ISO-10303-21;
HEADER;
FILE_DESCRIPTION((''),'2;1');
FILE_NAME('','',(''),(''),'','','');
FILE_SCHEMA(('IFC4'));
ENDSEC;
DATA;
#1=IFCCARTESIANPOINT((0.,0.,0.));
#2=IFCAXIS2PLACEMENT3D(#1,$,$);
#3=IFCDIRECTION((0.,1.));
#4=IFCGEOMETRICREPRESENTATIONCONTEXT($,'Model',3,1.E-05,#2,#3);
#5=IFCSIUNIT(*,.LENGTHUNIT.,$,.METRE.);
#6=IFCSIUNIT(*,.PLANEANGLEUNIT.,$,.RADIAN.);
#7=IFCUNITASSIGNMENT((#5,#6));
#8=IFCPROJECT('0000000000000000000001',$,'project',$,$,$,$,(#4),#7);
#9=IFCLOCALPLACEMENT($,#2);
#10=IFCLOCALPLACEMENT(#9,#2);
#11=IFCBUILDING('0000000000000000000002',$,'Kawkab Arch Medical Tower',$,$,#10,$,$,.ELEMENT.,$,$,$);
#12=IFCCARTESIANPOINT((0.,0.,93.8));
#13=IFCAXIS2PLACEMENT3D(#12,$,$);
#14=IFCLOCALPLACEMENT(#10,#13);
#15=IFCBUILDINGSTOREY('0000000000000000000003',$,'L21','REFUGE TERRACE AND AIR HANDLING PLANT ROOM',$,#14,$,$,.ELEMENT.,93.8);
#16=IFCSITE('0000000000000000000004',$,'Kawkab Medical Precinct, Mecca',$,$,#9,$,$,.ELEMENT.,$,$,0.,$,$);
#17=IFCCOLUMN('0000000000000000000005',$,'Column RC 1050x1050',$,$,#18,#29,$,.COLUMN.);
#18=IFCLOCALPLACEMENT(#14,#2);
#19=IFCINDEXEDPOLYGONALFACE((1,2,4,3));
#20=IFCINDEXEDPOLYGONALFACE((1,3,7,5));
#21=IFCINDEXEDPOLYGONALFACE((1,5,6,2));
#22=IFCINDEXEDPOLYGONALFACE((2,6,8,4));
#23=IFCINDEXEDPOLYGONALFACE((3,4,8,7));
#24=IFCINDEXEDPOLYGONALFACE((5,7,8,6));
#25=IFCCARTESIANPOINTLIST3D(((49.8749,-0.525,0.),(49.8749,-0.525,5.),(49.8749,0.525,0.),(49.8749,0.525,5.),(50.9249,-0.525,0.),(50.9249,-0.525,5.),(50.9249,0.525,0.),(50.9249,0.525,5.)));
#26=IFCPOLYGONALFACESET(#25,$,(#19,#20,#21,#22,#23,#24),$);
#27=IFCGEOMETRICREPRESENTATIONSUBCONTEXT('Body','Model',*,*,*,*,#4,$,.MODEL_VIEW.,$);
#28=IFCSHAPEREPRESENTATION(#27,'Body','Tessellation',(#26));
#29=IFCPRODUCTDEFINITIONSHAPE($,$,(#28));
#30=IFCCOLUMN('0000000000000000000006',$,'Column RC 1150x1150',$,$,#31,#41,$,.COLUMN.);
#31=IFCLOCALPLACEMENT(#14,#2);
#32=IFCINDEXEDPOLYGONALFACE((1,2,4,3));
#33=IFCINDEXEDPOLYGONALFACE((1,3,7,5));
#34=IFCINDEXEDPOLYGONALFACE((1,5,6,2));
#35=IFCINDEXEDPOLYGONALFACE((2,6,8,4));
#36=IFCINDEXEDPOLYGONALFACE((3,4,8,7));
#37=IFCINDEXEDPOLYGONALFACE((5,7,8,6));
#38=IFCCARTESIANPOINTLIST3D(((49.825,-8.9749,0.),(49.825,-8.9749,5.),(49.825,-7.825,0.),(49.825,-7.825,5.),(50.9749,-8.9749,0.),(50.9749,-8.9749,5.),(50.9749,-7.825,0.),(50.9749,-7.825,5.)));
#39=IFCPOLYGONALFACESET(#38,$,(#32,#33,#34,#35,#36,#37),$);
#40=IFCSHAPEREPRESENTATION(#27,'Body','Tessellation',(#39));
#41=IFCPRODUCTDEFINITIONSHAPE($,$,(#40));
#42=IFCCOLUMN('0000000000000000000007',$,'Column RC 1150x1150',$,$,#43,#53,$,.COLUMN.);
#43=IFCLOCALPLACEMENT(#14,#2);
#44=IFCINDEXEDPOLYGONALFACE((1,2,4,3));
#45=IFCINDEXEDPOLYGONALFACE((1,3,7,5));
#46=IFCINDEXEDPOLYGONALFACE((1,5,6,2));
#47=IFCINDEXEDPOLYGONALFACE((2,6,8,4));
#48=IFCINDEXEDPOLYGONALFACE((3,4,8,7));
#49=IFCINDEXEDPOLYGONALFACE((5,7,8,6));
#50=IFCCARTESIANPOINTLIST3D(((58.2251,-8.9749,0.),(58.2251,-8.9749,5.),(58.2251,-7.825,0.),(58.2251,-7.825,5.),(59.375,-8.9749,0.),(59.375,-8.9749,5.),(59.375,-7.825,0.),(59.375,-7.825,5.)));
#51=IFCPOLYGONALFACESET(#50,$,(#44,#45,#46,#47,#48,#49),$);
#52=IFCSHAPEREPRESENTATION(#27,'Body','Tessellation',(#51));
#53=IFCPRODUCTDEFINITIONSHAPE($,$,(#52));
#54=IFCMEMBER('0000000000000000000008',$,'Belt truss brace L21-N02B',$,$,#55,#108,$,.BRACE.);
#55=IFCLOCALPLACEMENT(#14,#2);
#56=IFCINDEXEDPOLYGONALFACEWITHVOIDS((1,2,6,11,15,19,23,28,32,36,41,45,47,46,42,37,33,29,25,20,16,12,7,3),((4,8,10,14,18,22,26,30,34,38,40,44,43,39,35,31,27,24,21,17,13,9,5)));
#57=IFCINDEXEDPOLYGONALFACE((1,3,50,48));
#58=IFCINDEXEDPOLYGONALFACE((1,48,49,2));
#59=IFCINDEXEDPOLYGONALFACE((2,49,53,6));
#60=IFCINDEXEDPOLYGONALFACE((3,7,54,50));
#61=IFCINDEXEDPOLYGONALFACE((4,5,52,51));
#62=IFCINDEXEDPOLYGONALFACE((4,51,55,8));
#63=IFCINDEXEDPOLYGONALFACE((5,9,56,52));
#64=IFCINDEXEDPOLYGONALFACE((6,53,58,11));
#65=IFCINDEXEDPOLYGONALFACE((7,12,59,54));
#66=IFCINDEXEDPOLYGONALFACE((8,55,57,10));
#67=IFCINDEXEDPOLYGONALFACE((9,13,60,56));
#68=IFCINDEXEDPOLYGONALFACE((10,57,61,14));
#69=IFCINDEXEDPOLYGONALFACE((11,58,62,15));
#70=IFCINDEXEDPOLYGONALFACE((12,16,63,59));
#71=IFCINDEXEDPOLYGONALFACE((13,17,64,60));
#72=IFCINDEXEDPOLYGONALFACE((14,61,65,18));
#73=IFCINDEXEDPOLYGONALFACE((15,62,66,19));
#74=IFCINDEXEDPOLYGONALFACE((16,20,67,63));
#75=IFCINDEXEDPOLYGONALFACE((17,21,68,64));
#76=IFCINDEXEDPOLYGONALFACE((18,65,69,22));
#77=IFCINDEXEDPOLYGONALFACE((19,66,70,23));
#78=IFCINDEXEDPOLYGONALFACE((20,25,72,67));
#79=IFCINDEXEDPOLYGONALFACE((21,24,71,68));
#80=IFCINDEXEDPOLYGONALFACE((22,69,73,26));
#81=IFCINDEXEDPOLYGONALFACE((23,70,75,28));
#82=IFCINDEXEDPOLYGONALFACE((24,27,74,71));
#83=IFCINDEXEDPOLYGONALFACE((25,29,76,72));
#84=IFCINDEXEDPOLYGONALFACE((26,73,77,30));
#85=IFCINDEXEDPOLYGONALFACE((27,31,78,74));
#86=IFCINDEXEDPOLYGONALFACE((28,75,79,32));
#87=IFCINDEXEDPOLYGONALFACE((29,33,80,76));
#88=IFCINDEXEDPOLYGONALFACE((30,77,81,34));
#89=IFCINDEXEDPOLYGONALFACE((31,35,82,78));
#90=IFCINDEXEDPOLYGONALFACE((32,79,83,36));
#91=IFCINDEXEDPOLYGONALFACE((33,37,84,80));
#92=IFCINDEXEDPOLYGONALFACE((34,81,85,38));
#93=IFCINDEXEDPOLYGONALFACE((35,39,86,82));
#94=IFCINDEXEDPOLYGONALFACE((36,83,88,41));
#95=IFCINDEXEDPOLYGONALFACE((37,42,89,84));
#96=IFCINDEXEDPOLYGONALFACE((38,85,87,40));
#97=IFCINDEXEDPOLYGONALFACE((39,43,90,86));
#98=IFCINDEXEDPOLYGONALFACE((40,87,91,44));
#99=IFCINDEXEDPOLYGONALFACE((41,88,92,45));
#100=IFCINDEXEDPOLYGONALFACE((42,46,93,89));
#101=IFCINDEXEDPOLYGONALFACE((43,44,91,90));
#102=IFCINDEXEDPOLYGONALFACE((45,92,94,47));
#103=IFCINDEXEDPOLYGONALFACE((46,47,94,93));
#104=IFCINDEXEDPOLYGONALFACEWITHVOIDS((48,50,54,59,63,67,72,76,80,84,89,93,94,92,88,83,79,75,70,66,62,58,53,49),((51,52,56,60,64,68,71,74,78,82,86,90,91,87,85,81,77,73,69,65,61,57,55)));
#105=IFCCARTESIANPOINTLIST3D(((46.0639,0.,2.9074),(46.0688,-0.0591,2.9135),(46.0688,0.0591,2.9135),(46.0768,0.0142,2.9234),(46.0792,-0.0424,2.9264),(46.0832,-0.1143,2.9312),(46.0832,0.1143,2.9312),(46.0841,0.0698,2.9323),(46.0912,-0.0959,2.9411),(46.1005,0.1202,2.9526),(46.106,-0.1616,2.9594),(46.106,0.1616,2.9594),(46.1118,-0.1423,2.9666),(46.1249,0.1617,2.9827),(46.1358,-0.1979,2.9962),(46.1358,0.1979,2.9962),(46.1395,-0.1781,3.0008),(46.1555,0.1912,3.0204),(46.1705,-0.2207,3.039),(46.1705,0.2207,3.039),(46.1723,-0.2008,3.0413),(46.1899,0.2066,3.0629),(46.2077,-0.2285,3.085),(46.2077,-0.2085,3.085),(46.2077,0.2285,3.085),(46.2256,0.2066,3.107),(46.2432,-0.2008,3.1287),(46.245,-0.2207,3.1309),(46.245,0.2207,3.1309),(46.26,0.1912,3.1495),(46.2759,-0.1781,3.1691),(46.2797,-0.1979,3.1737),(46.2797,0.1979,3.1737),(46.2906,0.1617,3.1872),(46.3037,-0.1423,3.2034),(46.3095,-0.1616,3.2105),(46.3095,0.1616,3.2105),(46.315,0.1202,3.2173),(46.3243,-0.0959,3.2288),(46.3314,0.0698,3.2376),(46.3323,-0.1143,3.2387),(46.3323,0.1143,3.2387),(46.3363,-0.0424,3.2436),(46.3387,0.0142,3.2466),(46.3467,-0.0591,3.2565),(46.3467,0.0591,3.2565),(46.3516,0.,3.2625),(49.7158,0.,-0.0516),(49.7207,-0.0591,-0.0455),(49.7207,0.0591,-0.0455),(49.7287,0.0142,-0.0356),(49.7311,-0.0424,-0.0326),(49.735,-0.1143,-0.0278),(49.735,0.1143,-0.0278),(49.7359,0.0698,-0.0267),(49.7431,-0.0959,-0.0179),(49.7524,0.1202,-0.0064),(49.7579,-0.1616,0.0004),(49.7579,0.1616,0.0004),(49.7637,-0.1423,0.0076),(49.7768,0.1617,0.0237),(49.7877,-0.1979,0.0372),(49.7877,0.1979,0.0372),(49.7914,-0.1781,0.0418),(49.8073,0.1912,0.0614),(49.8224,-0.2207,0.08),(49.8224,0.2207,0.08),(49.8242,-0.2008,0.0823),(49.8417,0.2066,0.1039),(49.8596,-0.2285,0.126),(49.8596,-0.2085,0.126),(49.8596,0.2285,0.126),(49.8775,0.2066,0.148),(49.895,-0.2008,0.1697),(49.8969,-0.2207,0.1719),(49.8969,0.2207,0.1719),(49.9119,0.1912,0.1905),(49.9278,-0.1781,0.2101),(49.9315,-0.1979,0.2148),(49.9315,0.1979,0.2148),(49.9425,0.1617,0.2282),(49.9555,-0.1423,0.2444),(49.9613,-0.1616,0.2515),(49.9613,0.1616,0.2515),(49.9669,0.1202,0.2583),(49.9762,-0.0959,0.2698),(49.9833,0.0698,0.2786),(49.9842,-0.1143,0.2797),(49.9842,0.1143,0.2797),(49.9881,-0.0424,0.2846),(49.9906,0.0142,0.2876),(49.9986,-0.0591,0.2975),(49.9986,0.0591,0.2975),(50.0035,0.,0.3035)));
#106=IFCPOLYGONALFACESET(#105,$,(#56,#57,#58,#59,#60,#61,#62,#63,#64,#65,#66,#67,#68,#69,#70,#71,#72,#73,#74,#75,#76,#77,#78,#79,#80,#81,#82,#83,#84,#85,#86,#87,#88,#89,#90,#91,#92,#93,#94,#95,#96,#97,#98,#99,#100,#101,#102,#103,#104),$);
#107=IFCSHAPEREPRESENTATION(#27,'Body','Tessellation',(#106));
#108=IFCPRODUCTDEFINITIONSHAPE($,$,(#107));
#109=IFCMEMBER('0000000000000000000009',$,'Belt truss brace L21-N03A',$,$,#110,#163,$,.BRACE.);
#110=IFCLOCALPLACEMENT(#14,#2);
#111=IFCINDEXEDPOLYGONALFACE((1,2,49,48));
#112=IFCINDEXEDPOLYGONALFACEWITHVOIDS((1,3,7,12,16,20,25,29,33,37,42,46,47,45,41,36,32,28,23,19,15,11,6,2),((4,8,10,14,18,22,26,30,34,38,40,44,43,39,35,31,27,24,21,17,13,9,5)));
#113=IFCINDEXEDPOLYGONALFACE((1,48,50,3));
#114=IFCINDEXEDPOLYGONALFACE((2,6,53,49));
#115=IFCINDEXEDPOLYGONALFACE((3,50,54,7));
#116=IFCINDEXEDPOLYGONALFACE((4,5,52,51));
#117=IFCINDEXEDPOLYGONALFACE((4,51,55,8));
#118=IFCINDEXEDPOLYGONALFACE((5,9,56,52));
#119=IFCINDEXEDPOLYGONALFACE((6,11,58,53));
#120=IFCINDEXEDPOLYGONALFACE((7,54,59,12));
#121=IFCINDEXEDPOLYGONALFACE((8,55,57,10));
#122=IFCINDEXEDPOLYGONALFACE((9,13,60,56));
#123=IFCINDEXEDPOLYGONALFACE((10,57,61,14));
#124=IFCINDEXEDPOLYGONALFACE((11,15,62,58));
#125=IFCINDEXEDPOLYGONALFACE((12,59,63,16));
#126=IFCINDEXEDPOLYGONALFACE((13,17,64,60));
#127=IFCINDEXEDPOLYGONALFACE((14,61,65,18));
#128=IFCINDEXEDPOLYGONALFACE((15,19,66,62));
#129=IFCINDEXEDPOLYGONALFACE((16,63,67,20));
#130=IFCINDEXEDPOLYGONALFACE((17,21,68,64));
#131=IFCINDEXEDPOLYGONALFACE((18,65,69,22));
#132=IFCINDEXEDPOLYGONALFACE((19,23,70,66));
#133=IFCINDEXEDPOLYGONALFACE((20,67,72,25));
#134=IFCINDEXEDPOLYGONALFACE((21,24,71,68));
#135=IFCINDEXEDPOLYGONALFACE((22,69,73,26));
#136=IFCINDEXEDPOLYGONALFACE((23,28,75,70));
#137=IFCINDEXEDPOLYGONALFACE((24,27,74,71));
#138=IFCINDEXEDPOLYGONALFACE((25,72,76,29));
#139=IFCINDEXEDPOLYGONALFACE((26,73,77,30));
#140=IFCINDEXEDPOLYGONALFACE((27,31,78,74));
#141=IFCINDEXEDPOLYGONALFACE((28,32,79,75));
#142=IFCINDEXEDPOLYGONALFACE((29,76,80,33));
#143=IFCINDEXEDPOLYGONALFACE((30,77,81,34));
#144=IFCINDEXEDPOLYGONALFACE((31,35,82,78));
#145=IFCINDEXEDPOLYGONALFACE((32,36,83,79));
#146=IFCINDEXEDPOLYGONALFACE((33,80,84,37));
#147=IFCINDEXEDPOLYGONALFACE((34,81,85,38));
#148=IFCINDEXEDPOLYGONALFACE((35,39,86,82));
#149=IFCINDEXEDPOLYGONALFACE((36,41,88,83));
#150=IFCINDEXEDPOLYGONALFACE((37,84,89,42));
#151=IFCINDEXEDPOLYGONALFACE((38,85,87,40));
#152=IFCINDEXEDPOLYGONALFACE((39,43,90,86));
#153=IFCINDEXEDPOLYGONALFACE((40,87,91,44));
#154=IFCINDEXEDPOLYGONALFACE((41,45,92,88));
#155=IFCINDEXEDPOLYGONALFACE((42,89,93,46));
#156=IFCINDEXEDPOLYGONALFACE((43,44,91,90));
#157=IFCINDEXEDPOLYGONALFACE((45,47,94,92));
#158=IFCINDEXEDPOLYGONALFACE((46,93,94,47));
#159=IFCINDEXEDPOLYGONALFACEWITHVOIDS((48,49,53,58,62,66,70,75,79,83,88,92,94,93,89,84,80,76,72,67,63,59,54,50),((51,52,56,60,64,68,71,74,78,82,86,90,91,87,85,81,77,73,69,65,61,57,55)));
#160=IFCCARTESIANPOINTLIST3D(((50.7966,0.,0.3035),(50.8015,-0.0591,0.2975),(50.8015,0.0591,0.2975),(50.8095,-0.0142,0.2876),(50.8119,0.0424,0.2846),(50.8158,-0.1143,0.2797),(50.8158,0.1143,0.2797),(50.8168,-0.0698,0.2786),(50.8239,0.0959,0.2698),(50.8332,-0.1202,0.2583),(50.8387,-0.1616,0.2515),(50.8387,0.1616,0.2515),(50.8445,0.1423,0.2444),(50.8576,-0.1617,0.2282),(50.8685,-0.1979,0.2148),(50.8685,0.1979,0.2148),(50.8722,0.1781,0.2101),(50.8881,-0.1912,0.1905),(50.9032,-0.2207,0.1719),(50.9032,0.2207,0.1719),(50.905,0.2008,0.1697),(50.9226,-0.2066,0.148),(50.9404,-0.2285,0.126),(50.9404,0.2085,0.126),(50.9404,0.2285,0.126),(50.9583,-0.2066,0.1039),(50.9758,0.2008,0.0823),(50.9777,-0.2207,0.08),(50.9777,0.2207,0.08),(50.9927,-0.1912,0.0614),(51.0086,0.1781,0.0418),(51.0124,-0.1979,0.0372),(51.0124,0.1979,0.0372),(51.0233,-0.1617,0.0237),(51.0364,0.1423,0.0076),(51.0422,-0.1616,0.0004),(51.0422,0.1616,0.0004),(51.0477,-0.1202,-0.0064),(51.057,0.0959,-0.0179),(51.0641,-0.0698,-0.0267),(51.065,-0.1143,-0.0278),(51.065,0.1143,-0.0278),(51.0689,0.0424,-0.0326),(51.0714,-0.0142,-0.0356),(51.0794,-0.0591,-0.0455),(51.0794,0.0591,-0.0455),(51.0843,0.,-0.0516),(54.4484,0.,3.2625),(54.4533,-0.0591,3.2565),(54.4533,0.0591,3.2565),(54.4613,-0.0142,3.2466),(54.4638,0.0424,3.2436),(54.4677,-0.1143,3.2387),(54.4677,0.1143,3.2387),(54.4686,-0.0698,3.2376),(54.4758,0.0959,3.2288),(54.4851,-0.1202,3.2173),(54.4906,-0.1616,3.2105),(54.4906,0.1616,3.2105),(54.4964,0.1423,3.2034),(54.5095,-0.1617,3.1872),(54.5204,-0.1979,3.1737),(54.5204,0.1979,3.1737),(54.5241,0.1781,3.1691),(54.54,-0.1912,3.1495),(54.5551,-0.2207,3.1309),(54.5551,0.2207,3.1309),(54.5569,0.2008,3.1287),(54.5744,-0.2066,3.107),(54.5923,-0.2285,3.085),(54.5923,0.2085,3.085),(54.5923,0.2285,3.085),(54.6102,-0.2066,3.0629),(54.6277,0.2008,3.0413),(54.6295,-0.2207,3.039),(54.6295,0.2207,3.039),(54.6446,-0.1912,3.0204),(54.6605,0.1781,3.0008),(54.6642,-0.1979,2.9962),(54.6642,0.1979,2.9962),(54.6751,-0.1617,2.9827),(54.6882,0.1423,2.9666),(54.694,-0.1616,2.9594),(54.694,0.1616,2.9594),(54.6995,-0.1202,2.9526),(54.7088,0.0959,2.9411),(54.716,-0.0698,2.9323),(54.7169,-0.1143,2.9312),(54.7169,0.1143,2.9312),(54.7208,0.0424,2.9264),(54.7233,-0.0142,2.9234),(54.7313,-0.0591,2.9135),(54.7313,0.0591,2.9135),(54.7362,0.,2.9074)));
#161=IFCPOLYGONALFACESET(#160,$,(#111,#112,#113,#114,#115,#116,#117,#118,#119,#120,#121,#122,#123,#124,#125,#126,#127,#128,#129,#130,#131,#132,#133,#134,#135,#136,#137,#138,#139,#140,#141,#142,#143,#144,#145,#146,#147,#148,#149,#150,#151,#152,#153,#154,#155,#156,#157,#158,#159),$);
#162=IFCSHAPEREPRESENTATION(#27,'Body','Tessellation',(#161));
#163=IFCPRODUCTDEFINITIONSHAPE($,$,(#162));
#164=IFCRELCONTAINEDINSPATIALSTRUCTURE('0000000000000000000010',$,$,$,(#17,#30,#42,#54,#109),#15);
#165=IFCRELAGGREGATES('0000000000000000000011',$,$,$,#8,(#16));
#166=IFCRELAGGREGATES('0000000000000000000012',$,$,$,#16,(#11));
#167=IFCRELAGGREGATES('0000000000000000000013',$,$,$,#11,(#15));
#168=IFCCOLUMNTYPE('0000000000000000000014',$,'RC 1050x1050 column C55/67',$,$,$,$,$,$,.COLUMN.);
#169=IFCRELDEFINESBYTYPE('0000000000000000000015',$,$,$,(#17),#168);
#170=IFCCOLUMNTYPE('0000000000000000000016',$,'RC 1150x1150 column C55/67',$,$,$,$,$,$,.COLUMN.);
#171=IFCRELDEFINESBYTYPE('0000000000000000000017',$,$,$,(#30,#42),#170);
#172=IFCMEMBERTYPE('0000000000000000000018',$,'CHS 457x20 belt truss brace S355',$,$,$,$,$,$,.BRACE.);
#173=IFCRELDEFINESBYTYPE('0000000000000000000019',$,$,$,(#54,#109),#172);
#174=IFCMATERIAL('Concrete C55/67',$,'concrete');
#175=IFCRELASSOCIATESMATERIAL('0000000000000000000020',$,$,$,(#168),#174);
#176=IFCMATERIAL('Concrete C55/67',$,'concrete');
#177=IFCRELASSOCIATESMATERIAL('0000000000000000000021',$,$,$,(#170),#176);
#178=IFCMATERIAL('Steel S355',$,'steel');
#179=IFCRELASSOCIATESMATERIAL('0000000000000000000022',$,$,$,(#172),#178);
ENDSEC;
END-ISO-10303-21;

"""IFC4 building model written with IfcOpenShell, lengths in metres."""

from ifc_helpers import new_model, si_unit, direction, frame, origin, origin_2d, place, context, subcontext, project, spatial, rectangle, hollow_circle, extrude, material, material_profile, profile_set, type_object, element, save


model = new_model("IFC4")

# Units and contexts
model_context = context("Model", 3, precision=1e-05, world=origin(), true_north=direction((0.0, 1.0)))
body_context = subcontext(model_context, "Body", "Model", "MODEL_VIEW")
ifc_project = project(units=[si_unit("LENGTHUNIT", "METRE"), si_unit("PLANEANGLEUNIT", "RADIAN")], contexts=[model_context])

# Site, building, storey
site_placement = place(None, origin())
site = spatial("IfcSite", under=ifc_project, at=site_placement, Name="Kawkab Medical Precinct, Mecca", CompositionType="ELEMENT", RefElevation=0.0)
building_placement = place(site_placement, origin())
building = spatial("IfcBuilding", under=site, at=building_placement, Name="Kawkab Arch Medical Tower", CompositionType="ELEMENT")
storey_placement = place(building_placement, frame((0.0, 0.0, 93.8)))
storey = spatial("IfcBuildingStorey", under=building, at=storey_placement, Name="L21", Description="REFUGE TERRACE AND AIR HANDLING PLANT ROOM", CompositionType="ELEMENT", Elevation=93.8)

# Columns
ifc_material_1 = material(Name="Concrete C55/67", Category="concrete")
ifc_material_profile_1 = material_profile(ifc_material_1, rectangle(XDim=1.05, YDim=1.05, at=origin_2d()), Name="RC 1050x1050")
ifc_profile_set_1 = profile_set([ifc_material_profile_1], Name="Concrete C55/67")
column_type_1 = type_object("IfcColumnType", Name="RC 1050x1050 column C55/67", PredefinedType="COLUMN", material=ifc_profile_set_1)
column_placement = place(storey_placement, frame((50.3999, 0.0, 0.0), z_axis=(0.0, 0.0, 1.0), x_axis=(1.0, 0.0, 0.0)))
element("IfcColumn", 1, at=column_placement, inside=storey, type_object=column_type_1, Name="Column RC 1050x1050", PredefinedType="COLUMN", context=body_context, shape_type="SweptSolid", body=[
    extrude(rectangle(XDim=1.05, YDim=1.05, at=origin_2d()), origin(), (0.0, 0.0, 1.0), 5.0),
])
ifc_material_2 = material(Name="Concrete C55/67", Category="concrete")
ifc_material_profile_2 = material_profile(ifc_material_2, rectangle(XDim=1.1499, YDim=1.1499, at=origin_2d()), Name="RC 1150x1150")
ifc_profile_set_2 = profile_set([ifc_material_profile_2], Name="Concrete C55/67")
column_type_2 = type_object("IfcColumnType", Name="RC 1150x1150 column C55/67", PredefinedType="COLUMN", material=ifc_profile_set_2)
for number, where, z_axis, x_axis, name in (
    (2, (50.3999, -8.3999, 0.0), (0.0, 0.0, 1.0), (1.0, 0.0, 0.0), "Column RC 1150x1150"),
    (3, (58.8, -8.3999, 0.0), (0.0, 0.0, 1.0), (1.0, 0.0, 0.0), "Column RC 1150x1150"),
):
    element("IfcColumn", number, at=place(storey_placement, frame(where, z_axis=z_axis, x_axis=x_axis)), inside=storey, type_object=column_type_2, Name=name, PredefinedType="COLUMN", context=body_context, shape_type="SweptSolid", body=[
        extrude(rectangle(XDim=1.1499, YDim=1.1499, at=origin_2d()), origin(), (0.0, 0.0, 1.0), 5.0),
    ])

# Members
ifc_material_3 = material(Name="Steel S355", Category="steel")
ifc_material_profile_3 = material_profile(ifc_material_3, hollow_circle(Radius=0.2285, WallThickness=0.02, at=origin_2d()), Name="CHS 457x20")
ifc_profile_set_3 = profile_set([ifc_material_profile_3], Name="Steel S355")
member_type_1 = type_object("IfcMemberType", Name="CHS 457x20 belt truss brace S355", PredefinedType="BRACE", material=ifc_profile_set_3)
for number, where, z_axis, x_axis, name in (
    (4, (49.8596, 0.0, 0.126), (-0.776962, 0.0, 0.629548), (0.0, -1.0, 0.0), "Belt truss brace L21-N02B"),
    (5, (50.9404, 0.0, 0.126), (0.776962, 0.0, 0.629548), (0.0, 1.0, 0.0), "Belt truss brace L21-N03A"),
):
    element("IfcMember", number, at=place(storey_placement, frame(where, z_axis=z_axis, x_axis=x_axis)), inside=storey, type_object=member_type_1, Name=name, PredefinedType="BRACE", context=body_context, shape_type="SweptSolid", body=[
        extrude(hollow_circle(Radius=0.2285, WallThickness=0.02, at=origin_2d()), origin(), (0.0, 0.0, 1.0), 4.7002),
    ])

save(model, "model.ifc")
